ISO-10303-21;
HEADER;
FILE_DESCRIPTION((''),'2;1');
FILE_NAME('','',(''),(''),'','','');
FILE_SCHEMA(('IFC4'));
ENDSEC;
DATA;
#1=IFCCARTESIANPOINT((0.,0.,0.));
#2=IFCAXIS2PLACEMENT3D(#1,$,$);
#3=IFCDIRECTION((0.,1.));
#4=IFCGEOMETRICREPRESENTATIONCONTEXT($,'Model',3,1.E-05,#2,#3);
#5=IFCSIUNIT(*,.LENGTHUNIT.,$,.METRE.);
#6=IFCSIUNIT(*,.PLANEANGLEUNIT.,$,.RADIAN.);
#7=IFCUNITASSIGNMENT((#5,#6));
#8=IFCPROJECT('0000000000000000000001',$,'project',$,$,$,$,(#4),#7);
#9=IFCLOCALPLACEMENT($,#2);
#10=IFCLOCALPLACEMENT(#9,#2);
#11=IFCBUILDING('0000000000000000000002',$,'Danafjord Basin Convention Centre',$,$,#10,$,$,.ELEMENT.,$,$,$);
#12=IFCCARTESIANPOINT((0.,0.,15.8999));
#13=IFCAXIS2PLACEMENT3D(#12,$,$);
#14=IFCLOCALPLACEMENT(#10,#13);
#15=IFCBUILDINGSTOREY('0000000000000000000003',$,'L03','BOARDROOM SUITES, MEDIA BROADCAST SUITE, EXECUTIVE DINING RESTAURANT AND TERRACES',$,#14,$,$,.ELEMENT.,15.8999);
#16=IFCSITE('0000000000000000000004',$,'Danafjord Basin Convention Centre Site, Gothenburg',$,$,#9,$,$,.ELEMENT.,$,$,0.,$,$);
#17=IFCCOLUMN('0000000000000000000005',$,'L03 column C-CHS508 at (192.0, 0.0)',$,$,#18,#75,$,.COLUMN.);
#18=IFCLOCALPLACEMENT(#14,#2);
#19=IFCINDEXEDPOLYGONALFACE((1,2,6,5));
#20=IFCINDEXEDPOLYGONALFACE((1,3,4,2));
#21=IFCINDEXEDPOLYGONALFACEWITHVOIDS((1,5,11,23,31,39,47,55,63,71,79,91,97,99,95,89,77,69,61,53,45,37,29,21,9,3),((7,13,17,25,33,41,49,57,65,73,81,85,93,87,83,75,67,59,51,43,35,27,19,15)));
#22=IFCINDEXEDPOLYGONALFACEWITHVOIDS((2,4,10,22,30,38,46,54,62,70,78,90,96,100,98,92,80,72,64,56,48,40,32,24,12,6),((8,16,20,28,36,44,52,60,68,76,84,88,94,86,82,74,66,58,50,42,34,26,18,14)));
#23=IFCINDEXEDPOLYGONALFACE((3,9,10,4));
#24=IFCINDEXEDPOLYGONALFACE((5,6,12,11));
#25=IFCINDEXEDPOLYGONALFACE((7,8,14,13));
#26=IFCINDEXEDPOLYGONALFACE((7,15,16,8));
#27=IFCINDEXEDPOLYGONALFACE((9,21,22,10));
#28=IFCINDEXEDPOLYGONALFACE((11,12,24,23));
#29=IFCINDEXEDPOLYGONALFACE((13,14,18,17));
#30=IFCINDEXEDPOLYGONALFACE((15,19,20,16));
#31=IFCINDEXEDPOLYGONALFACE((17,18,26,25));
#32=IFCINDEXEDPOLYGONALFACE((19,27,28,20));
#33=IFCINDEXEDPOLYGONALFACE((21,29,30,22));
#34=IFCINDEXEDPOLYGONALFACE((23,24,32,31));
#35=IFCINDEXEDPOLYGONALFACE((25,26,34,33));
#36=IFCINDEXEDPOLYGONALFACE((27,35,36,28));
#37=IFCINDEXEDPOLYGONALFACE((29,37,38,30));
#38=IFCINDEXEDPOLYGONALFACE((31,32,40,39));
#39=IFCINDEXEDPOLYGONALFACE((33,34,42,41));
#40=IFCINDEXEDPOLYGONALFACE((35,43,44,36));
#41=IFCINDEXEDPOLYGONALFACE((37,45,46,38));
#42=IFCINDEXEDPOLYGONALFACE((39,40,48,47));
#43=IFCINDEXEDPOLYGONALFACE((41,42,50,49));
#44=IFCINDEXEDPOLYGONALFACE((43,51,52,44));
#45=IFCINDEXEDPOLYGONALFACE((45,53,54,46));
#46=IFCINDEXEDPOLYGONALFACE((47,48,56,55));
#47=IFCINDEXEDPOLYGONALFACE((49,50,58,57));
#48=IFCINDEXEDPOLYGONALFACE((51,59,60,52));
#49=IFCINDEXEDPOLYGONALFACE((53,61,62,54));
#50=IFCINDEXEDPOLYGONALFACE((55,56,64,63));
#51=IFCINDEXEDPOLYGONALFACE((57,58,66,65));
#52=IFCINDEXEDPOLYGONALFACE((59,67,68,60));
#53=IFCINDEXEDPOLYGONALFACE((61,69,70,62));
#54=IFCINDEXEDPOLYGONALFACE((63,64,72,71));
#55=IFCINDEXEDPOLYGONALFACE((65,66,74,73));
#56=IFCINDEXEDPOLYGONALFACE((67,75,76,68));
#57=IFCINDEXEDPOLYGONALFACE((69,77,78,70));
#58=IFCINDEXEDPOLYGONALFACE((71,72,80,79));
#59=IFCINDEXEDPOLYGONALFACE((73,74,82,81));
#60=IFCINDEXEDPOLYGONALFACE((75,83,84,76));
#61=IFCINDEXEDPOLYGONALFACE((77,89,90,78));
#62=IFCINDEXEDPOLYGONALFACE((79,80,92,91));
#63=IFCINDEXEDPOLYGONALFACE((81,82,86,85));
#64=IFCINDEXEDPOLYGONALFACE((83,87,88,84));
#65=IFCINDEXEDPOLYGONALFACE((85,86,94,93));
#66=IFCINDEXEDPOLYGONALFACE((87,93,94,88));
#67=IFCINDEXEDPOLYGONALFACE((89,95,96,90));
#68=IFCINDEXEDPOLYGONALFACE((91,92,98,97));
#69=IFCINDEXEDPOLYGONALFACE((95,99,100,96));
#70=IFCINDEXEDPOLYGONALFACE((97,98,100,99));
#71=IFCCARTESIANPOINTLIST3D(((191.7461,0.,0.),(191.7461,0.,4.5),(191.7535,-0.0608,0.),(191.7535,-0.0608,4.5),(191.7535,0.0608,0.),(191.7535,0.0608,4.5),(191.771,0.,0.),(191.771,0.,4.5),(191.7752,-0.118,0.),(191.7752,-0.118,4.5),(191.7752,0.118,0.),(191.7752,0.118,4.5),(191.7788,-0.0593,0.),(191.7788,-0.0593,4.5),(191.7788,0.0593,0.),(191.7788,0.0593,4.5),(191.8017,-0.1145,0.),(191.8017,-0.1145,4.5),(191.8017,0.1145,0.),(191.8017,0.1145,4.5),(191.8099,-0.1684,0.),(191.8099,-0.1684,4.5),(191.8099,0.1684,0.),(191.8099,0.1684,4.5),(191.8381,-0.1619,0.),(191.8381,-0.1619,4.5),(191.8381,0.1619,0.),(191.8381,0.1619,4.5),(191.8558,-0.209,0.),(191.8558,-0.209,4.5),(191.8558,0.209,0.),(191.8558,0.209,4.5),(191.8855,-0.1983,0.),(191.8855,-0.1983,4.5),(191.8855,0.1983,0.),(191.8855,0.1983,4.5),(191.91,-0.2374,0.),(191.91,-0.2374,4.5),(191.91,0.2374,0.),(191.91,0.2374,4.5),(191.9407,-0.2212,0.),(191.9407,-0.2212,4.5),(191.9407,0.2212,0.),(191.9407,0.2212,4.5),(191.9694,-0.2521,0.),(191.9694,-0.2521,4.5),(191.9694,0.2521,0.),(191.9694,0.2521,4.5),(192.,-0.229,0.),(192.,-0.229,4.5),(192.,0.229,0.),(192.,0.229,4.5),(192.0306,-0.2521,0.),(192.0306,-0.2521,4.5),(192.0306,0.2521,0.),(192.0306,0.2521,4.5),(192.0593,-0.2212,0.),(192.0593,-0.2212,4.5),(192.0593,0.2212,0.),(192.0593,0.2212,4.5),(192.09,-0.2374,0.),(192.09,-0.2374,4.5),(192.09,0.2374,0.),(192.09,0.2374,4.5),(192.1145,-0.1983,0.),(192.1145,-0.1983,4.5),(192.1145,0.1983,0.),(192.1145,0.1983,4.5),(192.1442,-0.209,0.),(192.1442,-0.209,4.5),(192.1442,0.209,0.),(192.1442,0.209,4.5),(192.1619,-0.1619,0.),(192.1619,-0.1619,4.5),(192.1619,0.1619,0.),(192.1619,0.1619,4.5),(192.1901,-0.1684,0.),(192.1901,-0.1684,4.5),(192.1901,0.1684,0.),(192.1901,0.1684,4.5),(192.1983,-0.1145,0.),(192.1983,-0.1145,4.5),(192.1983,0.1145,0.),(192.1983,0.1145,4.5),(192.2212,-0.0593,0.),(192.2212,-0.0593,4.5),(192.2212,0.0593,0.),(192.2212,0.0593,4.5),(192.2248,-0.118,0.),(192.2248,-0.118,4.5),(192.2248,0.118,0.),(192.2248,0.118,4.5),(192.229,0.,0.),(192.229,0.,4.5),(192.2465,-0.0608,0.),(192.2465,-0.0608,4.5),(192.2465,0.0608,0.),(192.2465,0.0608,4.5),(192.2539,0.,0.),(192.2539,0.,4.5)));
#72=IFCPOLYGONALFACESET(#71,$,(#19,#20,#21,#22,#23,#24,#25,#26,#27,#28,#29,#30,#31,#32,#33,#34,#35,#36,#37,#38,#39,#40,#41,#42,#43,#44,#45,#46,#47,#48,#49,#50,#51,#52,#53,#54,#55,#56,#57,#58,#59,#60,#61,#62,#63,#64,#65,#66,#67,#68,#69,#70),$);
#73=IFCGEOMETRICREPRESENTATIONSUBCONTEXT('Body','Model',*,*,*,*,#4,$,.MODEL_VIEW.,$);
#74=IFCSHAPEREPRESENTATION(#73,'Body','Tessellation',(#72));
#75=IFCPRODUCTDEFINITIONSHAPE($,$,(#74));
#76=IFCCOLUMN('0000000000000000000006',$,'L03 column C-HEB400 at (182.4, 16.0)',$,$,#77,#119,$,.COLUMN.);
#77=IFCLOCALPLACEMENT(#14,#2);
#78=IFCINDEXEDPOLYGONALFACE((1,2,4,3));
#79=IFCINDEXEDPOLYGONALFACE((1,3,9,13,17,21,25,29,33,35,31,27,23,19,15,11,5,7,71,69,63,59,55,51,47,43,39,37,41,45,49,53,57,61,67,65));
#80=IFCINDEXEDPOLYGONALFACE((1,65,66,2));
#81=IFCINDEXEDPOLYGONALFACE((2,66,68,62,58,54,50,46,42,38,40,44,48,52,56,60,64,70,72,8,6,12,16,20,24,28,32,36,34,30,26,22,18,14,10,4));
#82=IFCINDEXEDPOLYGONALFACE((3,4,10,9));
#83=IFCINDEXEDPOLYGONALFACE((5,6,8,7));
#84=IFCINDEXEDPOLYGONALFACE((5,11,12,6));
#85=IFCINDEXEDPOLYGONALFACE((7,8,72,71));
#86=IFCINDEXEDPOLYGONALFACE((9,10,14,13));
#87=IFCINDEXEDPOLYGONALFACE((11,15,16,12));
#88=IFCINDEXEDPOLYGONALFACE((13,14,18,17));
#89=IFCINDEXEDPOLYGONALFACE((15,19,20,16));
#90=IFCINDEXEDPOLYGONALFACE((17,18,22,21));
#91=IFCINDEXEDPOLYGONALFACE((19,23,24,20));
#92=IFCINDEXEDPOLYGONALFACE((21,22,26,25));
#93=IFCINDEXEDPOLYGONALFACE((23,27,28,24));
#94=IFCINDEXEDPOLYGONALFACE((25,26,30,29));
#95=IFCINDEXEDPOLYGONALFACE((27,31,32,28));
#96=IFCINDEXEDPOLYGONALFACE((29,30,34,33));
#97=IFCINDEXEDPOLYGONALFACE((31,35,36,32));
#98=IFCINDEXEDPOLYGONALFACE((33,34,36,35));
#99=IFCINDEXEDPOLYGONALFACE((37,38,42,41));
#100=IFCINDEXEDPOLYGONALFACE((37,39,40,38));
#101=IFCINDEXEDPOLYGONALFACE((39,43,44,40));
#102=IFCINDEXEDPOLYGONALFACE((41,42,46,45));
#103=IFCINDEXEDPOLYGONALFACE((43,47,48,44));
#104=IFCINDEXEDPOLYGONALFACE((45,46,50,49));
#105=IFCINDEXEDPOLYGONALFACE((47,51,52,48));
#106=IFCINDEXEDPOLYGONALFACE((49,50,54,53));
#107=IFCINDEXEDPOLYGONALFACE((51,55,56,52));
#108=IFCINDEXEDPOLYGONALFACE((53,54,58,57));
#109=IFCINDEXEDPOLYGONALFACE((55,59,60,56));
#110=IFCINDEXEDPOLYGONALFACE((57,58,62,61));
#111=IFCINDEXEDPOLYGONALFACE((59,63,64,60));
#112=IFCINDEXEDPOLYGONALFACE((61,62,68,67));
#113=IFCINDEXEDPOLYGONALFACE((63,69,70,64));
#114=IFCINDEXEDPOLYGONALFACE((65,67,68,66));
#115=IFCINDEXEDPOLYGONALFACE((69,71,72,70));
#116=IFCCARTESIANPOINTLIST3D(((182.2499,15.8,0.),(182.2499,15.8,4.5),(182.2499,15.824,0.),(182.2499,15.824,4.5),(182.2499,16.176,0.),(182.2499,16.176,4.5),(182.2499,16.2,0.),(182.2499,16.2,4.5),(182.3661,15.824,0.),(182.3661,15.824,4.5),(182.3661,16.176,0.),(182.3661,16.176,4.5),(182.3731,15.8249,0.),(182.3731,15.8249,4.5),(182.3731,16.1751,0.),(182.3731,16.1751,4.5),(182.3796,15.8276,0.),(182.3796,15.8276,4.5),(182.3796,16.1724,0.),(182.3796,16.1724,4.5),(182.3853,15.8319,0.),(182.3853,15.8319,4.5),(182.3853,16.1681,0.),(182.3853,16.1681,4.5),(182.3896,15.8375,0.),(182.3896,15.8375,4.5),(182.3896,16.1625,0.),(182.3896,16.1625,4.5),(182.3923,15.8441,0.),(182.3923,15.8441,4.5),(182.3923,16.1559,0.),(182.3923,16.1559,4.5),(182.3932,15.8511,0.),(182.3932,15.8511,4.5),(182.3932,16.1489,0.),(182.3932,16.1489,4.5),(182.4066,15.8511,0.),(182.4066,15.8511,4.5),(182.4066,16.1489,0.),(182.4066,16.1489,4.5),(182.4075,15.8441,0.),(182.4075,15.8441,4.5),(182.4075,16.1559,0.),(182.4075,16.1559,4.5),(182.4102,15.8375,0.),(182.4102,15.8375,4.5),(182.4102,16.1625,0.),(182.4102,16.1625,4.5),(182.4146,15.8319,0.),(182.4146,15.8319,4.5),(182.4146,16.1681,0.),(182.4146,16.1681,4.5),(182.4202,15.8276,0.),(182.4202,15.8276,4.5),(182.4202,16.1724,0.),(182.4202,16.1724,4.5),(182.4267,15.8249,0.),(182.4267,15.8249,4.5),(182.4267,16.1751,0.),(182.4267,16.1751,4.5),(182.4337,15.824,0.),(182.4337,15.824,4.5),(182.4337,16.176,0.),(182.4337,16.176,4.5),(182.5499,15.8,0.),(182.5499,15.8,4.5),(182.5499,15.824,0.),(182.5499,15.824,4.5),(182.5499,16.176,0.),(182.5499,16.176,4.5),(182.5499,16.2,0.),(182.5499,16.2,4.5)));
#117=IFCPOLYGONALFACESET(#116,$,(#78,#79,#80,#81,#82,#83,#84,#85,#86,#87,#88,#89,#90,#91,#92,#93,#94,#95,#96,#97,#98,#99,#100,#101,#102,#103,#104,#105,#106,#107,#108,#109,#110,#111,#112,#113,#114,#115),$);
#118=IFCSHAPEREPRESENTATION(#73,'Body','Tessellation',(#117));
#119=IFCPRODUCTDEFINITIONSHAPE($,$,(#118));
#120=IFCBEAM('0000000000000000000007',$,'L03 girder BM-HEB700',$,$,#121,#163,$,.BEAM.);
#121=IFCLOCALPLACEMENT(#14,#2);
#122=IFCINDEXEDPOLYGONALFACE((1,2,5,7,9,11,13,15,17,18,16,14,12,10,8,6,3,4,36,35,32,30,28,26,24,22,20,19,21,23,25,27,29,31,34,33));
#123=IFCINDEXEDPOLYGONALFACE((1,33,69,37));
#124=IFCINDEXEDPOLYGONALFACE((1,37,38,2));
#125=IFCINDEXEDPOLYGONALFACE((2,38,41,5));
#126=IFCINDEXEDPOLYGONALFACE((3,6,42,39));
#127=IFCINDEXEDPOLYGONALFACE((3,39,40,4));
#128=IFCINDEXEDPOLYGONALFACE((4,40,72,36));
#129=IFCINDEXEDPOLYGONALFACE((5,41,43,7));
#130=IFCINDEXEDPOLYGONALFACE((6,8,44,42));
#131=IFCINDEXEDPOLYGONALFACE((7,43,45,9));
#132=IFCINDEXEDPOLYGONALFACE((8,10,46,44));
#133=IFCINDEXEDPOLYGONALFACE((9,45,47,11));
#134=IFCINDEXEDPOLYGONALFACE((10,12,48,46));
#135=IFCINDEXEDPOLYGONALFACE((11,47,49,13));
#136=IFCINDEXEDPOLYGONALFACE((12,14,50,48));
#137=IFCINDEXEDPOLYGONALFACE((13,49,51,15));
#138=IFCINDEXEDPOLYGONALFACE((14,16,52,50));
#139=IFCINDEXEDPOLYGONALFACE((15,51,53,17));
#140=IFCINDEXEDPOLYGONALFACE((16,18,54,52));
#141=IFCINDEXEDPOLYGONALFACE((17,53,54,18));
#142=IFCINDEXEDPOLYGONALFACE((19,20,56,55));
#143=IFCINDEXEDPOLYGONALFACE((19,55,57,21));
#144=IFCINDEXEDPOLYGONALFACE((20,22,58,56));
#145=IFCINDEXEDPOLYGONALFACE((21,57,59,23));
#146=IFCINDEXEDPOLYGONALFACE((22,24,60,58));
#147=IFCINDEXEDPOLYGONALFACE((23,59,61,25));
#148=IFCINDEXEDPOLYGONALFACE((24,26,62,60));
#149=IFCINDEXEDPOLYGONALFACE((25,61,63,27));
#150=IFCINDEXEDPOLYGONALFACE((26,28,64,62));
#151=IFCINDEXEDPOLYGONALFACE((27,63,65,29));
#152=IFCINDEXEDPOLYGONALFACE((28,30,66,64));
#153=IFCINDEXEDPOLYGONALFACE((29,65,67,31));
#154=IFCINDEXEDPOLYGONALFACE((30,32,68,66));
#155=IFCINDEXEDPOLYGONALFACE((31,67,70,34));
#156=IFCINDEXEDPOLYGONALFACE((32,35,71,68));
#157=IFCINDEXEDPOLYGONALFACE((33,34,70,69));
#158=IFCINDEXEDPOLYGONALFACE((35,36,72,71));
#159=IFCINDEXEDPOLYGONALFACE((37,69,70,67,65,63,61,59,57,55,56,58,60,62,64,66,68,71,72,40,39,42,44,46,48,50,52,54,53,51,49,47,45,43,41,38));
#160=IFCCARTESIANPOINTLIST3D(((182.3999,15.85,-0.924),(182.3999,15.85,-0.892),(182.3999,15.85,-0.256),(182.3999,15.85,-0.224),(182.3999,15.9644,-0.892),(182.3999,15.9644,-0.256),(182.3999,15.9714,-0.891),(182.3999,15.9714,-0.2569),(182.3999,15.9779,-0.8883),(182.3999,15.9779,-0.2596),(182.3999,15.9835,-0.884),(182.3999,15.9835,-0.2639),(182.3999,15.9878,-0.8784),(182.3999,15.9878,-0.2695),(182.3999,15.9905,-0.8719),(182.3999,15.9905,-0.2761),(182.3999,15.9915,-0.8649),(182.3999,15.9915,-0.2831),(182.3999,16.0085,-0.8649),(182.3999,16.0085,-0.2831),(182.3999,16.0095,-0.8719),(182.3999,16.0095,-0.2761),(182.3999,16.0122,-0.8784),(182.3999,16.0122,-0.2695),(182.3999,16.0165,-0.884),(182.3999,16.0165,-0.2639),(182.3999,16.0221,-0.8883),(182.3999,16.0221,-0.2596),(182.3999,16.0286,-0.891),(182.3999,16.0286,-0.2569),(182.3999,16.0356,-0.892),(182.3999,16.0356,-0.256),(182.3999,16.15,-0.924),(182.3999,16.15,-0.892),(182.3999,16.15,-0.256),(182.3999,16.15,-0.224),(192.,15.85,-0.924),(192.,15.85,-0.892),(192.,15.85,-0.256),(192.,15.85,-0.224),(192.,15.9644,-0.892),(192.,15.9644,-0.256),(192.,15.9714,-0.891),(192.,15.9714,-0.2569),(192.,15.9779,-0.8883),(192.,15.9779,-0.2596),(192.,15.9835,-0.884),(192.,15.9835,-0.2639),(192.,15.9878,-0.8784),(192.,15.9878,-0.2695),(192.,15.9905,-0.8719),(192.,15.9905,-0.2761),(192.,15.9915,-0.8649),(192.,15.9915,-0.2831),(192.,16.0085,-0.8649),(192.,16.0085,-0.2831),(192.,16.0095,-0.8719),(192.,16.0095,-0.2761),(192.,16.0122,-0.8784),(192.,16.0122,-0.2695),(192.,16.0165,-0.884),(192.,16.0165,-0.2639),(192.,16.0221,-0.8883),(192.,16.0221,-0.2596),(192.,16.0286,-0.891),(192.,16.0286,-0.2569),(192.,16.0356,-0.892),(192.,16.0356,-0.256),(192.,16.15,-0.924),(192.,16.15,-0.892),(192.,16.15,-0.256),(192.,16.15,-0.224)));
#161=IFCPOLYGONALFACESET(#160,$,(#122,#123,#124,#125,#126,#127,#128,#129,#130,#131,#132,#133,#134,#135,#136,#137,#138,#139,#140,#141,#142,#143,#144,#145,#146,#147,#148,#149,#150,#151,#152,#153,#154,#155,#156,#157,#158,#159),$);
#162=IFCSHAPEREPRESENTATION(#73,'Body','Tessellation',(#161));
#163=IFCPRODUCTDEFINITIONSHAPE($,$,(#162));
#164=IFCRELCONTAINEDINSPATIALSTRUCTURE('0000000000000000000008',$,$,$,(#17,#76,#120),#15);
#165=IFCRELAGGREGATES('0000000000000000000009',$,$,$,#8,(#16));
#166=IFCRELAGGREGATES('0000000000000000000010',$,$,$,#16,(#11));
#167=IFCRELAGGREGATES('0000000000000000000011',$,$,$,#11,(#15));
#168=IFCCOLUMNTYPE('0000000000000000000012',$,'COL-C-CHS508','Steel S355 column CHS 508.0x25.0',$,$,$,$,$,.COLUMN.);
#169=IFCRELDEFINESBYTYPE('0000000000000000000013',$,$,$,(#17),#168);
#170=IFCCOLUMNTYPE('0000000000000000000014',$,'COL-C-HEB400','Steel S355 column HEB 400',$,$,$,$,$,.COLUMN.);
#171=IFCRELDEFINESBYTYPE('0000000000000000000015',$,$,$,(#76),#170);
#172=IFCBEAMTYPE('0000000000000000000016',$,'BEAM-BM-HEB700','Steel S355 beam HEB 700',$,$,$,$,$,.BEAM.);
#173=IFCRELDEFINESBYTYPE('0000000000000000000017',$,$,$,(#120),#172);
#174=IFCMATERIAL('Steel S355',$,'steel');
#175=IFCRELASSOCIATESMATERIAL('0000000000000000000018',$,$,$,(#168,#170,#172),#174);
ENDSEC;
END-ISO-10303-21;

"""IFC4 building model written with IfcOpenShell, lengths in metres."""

from ifc_helpers import new_model, si_unit, direction, frame, origin, origin_2d, place, context, subcontext, project, spatial, hollow_circle, i_section, extrude, material, material_profile, profile_set, type_object, element, save


model = new_model("IFC4")

# Units and contexts
model_context = context("Model", 3, precision=1e-05, world=origin(), true_north=direction((0.0, 1.0)))
body_context = subcontext(model_context, "Body", "Model", "MODEL_VIEW")
ifc_project = project(units=[si_unit("LENGTHUNIT", "METRE"), si_unit("PLANEANGLEUNIT", "RADIAN")], contexts=[model_context])

# Site, building, storey
site_placement = place(None, origin())
site = spatial("IfcSite", under=ifc_project, at=site_placement, Name="Danafjord Basin Convention Centre Site, Gothenburg", CompositionType="ELEMENT", RefElevation=0.0)
building_placement = place(site_placement, origin())
building = spatial("IfcBuilding", under=site, at=building_placement, Name="Danafjord Basin Convention Centre", CompositionType="ELEMENT")
storey_placement = place(building_placement, frame((0.0, 0.0, 15.8999)))
storey = spatial("IfcBuildingStorey", under=building, at=storey_placement, Name="L03", Description="BOARDROOM SUITES, MEDIA BROADCAST SUITE, EXECUTIVE DINING RESTAURANT AND TERRACES", CompositionType="ELEMENT", Elevation=15.8999)

# Columns
ifc_material_1 = material(Name="Steel S355", Category="steel")
ifc_material_profile_1 = material_profile(ifc_material_1, hollow_circle(Radius=0.2539, WallThickness=0.0249, at=origin_2d()), Name="CHS 508.0x25.0")
ifc_profile_set_1 = profile_set([ifc_material_profile_1], Name="Steel S355")
column_type_1 = type_object("IfcColumnType", Name="COL-C-CHS508", Description="Steel S355 column CHS 508.0x25.0", PredefinedType="COLUMN", material=ifc_profile_set_1)
column_1_placement = place(storey_placement, frame((192.0, 0.0, 0.0), z_axis=(0.0, 0.0, 1.0), x_axis=(1.0, 0.0, 0.0)))
element("IfcColumn", 1, at=column_1_placement, inside=storey, type_object=column_type_1, Name="L03 column C-CHS508 at (192.0, 0.0)", PredefinedType="COLUMN", context=body_context, shape_type="SweptSolid", body=[
    extrude(hollow_circle(Radius=0.2539, WallThickness=0.0249, at=origin_2d()), origin(), (0.0, 0.0, 1.0), 4.5),
])
ifc_material_profile_2 = material_profile(ifc_material_1, i_section(OverallWidth=0.3, OverallDepth=0.3999, WebThickness=0.0134, FlangeThickness=0.0239, FilletRadius=0.0271, at=origin_2d()), Name="HEB 400")
ifc_profile_set_2 = profile_set([ifc_material_profile_2], Name="Steel S355")
column_type_2 = type_object("IfcColumnType", Name="COL-C-HEB400", Description="Steel S355 column HEB 400", PredefinedType="COLUMN", material=ifc_profile_set_2)
column_2_placement = place(storey_placement, frame((182.3999, 16.0, 0.0), z_axis=(0.0, 0.0, 1.0), x_axis=(1.0, 0.0, 0.0)))
element("IfcColumn", 2, at=column_2_placement, inside=storey, type_object=column_type_2, Name="L03 column C-HEB400 at (182.4, 16.0)", PredefinedType="COLUMN", context=body_context, shape_type="SweptSolid", body=[
    extrude(i_section(OverallWidth=0.3, OverallDepth=0.3999, WebThickness=0.0134, FlangeThickness=0.0239, FilletRadius=0.0271, at=origin_2d()), origin(), (0.0, 0.0, 1.0), 4.5),
])

# Beam
ifc_material_profile_3 = material_profile(ifc_material_1, i_section(OverallWidth=0.3, OverallDepth=0.7, WebThickness=0.0171, FlangeThickness=0.032, FilletRadius=0.0271, at=origin_2d()), Name="HEB 700")
ifc_profile_set_3 = profile_set([ifc_material_profile_3], Name="Steel S355")
beam_type = type_object("IfcBeamType", Name="BEAM-BM-HEB700", Description="Steel S355 beam HEB 700", PredefinedType="BEAM", material=ifc_profile_set_3)
beam_1_placement = place(storey_placement, frame((182.3999, 16.0, -0.574), z_axis=(1.0, 0.0, 0.0), x_axis=(0.0, 1.0, 0.0)))
element("IfcBeam", 3, at=beam_1_placement, inside=storey, type_object=beam_type, Name="L03 girder BM-HEB700", PredefinedType="BEAM", context=body_context, shape_type="SweptSolid", body=[
    extrude(i_section(OverallWidth=0.3, OverallDepth=0.7, WebThickness=0.0171, FlangeThickness=0.032, FilletRadius=0.0271, at=origin_2d()), origin(), (0.0, 0.0, 1.0), 9.6001),
])

save(model, "model.ifc")
